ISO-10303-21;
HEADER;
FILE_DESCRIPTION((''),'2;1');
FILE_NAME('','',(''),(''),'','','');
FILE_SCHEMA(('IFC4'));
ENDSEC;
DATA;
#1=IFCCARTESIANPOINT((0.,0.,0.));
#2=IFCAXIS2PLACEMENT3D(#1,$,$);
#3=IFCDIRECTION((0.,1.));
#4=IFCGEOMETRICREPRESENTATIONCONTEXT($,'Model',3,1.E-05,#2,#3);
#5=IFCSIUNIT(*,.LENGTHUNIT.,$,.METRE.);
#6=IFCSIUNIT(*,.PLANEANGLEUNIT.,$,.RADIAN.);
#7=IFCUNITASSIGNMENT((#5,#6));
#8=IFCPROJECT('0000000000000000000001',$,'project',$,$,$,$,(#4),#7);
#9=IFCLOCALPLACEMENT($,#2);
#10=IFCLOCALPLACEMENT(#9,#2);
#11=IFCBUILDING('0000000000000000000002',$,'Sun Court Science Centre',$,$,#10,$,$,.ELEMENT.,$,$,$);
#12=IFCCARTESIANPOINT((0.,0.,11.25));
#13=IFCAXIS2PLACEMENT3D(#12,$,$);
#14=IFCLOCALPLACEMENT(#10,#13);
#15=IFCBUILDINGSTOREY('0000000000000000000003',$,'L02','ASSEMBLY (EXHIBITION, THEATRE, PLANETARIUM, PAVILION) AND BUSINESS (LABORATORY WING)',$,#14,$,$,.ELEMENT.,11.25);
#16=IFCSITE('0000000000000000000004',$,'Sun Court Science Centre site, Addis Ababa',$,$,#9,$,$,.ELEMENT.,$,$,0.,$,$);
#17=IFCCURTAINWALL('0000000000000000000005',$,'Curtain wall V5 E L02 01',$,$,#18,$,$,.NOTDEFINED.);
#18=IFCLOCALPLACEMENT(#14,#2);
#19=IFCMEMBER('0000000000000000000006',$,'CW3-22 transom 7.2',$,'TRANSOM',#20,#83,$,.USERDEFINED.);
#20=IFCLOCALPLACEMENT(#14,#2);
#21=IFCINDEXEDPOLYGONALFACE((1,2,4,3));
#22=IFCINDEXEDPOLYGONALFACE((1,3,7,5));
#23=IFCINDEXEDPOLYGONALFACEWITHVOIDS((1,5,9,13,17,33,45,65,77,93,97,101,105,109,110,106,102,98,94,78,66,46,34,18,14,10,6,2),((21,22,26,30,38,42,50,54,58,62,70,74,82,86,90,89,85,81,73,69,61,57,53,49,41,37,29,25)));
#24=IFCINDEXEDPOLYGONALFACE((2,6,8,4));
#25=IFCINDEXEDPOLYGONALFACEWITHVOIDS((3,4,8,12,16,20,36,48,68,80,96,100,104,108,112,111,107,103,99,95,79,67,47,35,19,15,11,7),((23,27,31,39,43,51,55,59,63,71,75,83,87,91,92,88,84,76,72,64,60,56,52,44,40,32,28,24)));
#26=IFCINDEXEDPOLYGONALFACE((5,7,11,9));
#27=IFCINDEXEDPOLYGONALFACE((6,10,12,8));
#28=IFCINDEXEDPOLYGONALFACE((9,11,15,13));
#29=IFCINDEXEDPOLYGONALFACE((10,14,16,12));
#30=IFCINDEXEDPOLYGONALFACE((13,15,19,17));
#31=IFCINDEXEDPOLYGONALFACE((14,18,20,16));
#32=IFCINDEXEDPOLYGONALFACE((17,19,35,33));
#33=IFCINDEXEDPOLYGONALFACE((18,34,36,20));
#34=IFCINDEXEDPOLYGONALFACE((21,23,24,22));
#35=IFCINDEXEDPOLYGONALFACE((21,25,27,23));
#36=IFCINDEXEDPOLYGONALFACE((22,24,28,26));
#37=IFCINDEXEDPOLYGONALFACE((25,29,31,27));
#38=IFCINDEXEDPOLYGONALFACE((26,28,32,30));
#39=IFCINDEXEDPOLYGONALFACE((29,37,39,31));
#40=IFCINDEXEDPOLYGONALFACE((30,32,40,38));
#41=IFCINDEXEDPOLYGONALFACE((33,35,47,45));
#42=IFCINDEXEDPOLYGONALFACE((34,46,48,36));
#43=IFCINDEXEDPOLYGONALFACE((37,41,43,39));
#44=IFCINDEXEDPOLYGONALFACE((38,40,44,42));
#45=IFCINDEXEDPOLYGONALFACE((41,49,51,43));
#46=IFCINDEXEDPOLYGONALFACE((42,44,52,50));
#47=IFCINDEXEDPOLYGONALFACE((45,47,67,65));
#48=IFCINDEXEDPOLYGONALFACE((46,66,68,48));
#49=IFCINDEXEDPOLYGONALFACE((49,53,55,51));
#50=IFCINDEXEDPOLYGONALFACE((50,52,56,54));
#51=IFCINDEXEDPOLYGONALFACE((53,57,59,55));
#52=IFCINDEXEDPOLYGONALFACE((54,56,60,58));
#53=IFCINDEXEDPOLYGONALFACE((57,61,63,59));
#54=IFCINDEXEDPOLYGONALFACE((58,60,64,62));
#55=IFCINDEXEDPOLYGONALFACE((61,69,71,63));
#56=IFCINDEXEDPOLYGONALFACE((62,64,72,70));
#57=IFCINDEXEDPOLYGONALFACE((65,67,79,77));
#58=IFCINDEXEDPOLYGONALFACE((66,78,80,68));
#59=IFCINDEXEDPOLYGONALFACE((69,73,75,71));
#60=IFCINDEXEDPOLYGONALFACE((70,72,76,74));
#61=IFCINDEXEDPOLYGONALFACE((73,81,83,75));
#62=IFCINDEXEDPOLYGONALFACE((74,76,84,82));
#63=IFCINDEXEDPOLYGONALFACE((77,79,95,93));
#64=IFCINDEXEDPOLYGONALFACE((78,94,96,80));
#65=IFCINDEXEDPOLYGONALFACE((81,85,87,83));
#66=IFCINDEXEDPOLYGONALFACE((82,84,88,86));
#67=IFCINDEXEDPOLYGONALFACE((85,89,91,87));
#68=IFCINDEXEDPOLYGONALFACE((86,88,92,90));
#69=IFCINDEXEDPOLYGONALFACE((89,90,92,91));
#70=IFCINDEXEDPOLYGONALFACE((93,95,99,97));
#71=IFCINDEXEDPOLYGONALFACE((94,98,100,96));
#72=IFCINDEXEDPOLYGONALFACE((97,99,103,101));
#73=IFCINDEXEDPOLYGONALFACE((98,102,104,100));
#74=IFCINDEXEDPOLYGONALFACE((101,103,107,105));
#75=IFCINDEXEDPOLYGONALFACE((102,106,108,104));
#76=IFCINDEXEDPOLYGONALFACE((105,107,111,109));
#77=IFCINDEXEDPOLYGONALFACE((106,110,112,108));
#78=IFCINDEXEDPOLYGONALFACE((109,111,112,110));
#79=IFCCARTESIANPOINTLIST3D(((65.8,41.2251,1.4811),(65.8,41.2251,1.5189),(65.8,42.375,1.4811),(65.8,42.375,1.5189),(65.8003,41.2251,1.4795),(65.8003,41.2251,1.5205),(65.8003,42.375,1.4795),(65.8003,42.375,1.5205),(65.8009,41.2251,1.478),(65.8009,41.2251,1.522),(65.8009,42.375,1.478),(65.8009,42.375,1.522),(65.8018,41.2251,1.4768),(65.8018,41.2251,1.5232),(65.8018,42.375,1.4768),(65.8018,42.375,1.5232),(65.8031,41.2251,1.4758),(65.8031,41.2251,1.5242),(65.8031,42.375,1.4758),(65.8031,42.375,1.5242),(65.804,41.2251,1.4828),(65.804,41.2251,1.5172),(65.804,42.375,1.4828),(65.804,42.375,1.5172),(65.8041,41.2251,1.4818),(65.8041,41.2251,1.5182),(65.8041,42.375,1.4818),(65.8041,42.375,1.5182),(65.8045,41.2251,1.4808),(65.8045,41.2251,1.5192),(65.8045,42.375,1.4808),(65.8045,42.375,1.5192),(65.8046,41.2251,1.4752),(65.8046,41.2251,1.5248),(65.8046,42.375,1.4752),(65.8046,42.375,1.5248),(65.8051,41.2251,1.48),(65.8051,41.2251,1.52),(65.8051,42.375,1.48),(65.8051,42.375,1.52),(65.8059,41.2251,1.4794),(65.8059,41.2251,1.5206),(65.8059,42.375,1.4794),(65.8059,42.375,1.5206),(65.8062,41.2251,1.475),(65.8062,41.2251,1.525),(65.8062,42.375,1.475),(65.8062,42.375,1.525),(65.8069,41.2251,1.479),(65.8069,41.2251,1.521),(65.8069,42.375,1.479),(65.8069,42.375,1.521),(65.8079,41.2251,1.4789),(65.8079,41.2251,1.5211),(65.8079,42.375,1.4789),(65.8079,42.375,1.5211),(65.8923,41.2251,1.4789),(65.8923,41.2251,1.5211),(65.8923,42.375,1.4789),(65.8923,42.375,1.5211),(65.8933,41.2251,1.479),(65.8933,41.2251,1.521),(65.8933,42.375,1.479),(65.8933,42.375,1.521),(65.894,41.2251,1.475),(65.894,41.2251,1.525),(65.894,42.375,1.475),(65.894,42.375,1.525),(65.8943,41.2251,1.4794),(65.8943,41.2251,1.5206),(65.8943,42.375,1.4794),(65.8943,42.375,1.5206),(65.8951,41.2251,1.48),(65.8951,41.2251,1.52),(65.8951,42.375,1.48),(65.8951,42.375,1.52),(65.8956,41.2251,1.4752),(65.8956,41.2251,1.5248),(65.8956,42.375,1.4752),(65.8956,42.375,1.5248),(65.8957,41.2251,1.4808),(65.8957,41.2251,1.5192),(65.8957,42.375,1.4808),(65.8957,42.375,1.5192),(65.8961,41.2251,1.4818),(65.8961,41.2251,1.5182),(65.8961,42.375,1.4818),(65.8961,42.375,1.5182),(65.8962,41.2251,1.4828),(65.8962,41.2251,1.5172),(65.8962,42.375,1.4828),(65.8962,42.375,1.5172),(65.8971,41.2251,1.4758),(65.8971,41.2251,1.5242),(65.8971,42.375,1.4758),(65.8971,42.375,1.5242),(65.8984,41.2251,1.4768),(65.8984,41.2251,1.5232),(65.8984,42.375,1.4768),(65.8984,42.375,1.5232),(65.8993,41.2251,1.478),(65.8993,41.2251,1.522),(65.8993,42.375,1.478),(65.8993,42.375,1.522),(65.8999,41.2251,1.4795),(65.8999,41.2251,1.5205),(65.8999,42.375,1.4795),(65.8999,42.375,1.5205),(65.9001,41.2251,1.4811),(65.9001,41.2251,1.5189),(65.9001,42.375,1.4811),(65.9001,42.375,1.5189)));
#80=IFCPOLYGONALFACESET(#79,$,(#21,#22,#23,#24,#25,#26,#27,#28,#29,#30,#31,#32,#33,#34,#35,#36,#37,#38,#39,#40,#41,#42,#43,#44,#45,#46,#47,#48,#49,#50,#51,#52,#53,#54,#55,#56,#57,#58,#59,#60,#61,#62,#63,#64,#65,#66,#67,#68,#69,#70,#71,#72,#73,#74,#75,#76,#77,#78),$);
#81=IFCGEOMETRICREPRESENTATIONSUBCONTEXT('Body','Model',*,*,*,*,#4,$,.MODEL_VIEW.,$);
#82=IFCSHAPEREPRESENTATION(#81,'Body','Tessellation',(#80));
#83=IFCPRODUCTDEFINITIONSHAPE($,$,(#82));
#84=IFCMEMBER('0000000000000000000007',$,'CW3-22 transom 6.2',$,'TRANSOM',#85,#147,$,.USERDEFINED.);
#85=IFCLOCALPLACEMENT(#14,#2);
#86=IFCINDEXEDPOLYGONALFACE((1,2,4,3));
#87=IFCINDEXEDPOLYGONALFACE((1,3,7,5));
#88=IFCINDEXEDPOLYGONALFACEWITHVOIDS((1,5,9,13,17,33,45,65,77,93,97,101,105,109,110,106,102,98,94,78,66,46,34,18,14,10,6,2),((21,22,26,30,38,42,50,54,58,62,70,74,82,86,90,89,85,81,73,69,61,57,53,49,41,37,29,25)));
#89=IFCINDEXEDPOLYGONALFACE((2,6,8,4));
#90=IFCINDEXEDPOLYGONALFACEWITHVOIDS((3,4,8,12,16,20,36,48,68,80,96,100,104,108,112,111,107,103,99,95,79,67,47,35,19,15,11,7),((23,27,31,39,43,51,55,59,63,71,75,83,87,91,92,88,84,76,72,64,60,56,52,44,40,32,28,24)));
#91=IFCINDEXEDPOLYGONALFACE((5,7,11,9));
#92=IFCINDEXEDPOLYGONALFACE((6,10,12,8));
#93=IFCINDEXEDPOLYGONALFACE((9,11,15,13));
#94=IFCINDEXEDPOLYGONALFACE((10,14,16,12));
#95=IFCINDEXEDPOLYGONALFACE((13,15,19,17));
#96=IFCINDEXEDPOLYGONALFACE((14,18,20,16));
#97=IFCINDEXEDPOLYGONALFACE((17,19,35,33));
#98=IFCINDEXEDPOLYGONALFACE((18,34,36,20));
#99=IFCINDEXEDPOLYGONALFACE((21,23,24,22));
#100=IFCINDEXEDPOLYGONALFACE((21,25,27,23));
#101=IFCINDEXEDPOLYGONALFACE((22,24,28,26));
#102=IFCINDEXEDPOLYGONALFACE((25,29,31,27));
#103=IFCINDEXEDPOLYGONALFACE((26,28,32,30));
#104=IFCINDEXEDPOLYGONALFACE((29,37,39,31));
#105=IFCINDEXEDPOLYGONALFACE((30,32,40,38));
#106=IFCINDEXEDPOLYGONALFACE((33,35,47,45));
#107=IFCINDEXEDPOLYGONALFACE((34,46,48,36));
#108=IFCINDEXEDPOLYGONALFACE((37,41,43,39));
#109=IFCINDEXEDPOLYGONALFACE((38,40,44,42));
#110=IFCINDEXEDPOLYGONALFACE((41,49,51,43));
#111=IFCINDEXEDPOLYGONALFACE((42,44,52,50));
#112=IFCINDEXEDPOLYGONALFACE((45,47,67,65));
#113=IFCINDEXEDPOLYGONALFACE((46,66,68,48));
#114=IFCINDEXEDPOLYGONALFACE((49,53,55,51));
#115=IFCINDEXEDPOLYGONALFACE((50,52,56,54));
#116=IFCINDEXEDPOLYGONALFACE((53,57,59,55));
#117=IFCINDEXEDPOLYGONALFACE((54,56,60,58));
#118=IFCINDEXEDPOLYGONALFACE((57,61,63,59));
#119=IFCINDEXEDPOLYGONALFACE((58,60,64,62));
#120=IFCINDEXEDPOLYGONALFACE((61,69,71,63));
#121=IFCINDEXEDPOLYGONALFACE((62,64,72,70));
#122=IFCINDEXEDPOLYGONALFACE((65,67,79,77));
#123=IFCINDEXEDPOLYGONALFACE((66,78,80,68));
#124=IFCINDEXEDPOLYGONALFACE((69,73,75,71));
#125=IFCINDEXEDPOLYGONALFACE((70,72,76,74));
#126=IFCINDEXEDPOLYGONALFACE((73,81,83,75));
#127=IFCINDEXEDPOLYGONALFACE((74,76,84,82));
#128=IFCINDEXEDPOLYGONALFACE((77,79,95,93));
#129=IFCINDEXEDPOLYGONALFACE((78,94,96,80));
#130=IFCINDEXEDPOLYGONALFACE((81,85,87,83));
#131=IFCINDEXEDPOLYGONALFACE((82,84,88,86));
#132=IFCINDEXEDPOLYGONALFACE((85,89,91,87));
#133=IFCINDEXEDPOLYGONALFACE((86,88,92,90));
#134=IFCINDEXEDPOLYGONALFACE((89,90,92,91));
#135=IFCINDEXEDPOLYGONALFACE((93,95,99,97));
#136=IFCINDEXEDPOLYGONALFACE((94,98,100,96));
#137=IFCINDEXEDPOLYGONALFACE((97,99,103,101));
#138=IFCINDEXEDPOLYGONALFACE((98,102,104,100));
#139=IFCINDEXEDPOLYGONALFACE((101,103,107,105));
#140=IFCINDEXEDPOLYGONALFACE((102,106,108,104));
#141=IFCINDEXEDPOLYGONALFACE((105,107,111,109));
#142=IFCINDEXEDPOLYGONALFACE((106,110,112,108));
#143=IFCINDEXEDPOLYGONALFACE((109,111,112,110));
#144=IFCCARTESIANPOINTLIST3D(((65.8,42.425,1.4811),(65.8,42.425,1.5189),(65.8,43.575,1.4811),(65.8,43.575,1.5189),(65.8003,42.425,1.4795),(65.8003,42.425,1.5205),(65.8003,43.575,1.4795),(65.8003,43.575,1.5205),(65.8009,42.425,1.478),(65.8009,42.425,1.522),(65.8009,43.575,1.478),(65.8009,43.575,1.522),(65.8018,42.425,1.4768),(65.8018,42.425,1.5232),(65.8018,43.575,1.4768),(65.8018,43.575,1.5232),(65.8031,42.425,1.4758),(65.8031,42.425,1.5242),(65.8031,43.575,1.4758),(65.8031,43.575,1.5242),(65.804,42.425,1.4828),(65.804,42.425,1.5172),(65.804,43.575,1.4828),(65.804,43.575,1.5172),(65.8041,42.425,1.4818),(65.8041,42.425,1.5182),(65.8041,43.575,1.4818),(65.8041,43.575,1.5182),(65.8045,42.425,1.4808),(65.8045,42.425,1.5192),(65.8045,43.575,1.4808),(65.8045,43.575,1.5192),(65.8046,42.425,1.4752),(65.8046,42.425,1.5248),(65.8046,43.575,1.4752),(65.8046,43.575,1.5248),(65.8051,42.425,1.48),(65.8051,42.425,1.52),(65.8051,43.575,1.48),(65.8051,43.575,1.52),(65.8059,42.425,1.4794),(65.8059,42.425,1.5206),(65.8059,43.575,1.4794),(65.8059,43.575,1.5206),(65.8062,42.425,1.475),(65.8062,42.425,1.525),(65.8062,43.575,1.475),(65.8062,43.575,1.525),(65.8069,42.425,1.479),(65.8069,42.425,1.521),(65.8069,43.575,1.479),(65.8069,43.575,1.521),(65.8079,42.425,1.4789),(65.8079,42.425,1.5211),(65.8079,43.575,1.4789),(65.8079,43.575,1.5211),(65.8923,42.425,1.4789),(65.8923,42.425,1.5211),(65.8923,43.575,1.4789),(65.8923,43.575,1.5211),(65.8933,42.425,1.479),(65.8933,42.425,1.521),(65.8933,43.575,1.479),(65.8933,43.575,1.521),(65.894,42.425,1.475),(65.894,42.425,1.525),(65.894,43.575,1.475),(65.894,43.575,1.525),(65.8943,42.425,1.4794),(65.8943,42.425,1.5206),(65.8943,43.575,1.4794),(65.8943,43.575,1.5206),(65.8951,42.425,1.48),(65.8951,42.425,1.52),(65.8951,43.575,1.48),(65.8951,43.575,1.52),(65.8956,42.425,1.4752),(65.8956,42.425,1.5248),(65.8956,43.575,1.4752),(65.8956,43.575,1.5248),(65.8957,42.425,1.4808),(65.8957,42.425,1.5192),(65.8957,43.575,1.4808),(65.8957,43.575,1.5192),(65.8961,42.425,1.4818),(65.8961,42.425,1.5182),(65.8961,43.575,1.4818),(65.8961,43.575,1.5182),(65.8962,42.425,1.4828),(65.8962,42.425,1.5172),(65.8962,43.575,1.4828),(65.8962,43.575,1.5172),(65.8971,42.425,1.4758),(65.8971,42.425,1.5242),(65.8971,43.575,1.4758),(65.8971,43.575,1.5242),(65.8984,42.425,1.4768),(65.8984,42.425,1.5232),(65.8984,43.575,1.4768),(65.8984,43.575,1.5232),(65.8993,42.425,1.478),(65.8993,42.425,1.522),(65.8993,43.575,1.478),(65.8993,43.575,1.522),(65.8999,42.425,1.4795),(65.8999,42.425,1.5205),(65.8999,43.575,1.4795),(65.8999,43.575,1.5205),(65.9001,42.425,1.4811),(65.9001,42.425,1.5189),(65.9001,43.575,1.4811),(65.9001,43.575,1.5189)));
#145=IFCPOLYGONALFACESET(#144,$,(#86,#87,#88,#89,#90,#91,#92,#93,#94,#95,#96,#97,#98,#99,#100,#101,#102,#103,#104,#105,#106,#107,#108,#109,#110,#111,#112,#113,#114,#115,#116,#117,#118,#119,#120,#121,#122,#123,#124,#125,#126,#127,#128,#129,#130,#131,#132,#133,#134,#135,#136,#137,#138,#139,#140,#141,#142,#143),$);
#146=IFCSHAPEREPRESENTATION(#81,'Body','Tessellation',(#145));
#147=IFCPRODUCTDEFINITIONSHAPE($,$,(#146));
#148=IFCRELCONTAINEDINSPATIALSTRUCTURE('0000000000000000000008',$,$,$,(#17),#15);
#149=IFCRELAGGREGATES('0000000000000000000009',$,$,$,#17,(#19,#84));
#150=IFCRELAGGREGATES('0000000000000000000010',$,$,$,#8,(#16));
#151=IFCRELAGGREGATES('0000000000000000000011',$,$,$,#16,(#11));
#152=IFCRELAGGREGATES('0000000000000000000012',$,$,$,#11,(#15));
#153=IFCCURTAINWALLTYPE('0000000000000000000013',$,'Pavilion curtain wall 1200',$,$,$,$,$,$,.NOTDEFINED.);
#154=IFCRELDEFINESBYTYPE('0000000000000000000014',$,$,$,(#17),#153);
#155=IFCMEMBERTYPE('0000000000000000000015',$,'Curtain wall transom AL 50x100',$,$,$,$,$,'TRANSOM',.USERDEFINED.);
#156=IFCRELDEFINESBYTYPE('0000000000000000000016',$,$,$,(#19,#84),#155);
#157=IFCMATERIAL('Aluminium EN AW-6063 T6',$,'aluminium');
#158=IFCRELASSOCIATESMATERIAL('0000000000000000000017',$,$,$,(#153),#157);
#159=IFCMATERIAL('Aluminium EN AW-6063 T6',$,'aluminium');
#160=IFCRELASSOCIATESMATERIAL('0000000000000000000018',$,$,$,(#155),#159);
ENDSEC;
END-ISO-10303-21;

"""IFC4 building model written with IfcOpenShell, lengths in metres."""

from ifc_helpers import new_model, si_unit, direction, frame, origin, origin_2d, place, context, subcontext, project, spatial, hollow_rectangle, extrude, material, material_profile, profile_set, type_object, element, aggregate, save


model = new_model("IFC4")

# Units and contexts
model_context = context("Model", 3, precision=1e-05, world=origin(), true_north=direction((0.0, 1.0)))
body_context = subcontext(model_context, "Body", "Model", "MODEL_VIEW")
ifc_project = project(units=[si_unit("LENGTHUNIT", "METRE"), si_unit("PLANEANGLEUNIT", "RADIAN")], contexts=[model_context])

# Site, building, storey
site_placement = place(None, origin())
site = spatial("IfcSite", under=ifc_project, at=site_placement, Name="Sun Court Science Centre site, Addis Ababa", CompositionType="ELEMENT", RefElevation=0.0)
building_placement = place(site_placement, origin())
building = spatial("IfcBuilding", under=site, at=building_placement, Name="Sun Court Science Centre", CompositionType="ELEMENT")
storey_placement = place(building_placement, frame((0.0, 0.0, 11.25)))
storey = spatial("IfcBuildingStorey", under=building, at=storey_placement, Name="L02", Description="ASSEMBLY (EXHIBITION, THEATRE, PLANETARIUM, PAVILION) AND BUSINESS (LABORATORY WING)", CompositionType="ELEMENT", Elevation=11.25)

# Curtain wall, members
ifc_material_1 = material(Name="Aluminium EN AW-6063 T6", Category="aluminium")
curtain_wall_type = type_object("IfcCurtainWallType", Name="Pavilion curtain wall 1200", PredefinedType="NOTDEFINED", material=ifc_material_1)
curtain_wall_placement = place(storey_placement, origin())
curtain_wall = element("IfcCurtainWall", 1, at=curtain_wall_placement, inside=storey, type_object=curtain_wall_type, Name="Curtain wall V5 E L02 01", PredefinedType="NOTDEFINED")
ifc_material_2 = material(Name="Aluminium EN AW-6063 T6", Category="aluminium")
ifc_material_profile_1 = material_profile(ifc_material_2, hollow_rectangle(XDim=0.05, YDim=0.1001, WallThickness=0.0039, InnerFilletRadius=0.0039, OuterFilletRadius=0.0061, at=origin_2d()), Name="AL 50x100x4")
ifc_profile_set_1 = profile_set([ifc_material_profile_1], Name="Aluminium EN AW-6063 T6")
member_type_1 = type_object("IfcMemberType", Name="Curtain wall transom AL 50x100", ElementType="TRANSOM", PredefinedType="USERDEFINED", material=ifc_profile_set_1)
member_1_placement = place(storey_placement, frame((65.8501, 42.375, 1.5), z_axis=(0.0, -1.0, 0.0), x_axis=(0.0, 0.0, 1.0)))
member_1 = element("IfcMember", 2, at=member_1_placement, type_object=member_type_1, Name="CW3-22 transom 7.2", ObjectType="TRANSOM", PredefinedType="USERDEFINED", context=body_context, shape_type="SweptSolid", body=[
    extrude(hollow_rectangle(XDim=0.05, YDim=0.1001, WallThickness=0.0039, InnerFilletRadius=0.0039, OuterFilletRadius=0.0061, at=origin_2d()), origin(), (0.0, 0.0, 1.0), 1.1499),
])
member_2_placement = place(storey_placement, frame((65.8501, 43.575, 1.5), z_axis=(0.0, -1.0, 0.0), x_axis=(0.0, 0.0, 1.0)))
member_2 = element("IfcMember", 3, at=member_2_placement, type_object=member_type_1, Name="CW3-22 transom 6.2", ObjectType="TRANSOM", PredefinedType="USERDEFINED", context=body_context, shape_type="SweptSolid", body=[
    extrude(hollow_rectangle(XDim=0.05, YDim=0.1001, WallThickness=0.0039, InnerFilletRadius=0.0039, OuterFilletRadius=0.0061, at=origin_2d()), origin(), (0.0, 0.0, 1.0), 1.1499),
])
aggregate(curtain_wall, [member_1, member_2])

save(model, "model.ifc")
